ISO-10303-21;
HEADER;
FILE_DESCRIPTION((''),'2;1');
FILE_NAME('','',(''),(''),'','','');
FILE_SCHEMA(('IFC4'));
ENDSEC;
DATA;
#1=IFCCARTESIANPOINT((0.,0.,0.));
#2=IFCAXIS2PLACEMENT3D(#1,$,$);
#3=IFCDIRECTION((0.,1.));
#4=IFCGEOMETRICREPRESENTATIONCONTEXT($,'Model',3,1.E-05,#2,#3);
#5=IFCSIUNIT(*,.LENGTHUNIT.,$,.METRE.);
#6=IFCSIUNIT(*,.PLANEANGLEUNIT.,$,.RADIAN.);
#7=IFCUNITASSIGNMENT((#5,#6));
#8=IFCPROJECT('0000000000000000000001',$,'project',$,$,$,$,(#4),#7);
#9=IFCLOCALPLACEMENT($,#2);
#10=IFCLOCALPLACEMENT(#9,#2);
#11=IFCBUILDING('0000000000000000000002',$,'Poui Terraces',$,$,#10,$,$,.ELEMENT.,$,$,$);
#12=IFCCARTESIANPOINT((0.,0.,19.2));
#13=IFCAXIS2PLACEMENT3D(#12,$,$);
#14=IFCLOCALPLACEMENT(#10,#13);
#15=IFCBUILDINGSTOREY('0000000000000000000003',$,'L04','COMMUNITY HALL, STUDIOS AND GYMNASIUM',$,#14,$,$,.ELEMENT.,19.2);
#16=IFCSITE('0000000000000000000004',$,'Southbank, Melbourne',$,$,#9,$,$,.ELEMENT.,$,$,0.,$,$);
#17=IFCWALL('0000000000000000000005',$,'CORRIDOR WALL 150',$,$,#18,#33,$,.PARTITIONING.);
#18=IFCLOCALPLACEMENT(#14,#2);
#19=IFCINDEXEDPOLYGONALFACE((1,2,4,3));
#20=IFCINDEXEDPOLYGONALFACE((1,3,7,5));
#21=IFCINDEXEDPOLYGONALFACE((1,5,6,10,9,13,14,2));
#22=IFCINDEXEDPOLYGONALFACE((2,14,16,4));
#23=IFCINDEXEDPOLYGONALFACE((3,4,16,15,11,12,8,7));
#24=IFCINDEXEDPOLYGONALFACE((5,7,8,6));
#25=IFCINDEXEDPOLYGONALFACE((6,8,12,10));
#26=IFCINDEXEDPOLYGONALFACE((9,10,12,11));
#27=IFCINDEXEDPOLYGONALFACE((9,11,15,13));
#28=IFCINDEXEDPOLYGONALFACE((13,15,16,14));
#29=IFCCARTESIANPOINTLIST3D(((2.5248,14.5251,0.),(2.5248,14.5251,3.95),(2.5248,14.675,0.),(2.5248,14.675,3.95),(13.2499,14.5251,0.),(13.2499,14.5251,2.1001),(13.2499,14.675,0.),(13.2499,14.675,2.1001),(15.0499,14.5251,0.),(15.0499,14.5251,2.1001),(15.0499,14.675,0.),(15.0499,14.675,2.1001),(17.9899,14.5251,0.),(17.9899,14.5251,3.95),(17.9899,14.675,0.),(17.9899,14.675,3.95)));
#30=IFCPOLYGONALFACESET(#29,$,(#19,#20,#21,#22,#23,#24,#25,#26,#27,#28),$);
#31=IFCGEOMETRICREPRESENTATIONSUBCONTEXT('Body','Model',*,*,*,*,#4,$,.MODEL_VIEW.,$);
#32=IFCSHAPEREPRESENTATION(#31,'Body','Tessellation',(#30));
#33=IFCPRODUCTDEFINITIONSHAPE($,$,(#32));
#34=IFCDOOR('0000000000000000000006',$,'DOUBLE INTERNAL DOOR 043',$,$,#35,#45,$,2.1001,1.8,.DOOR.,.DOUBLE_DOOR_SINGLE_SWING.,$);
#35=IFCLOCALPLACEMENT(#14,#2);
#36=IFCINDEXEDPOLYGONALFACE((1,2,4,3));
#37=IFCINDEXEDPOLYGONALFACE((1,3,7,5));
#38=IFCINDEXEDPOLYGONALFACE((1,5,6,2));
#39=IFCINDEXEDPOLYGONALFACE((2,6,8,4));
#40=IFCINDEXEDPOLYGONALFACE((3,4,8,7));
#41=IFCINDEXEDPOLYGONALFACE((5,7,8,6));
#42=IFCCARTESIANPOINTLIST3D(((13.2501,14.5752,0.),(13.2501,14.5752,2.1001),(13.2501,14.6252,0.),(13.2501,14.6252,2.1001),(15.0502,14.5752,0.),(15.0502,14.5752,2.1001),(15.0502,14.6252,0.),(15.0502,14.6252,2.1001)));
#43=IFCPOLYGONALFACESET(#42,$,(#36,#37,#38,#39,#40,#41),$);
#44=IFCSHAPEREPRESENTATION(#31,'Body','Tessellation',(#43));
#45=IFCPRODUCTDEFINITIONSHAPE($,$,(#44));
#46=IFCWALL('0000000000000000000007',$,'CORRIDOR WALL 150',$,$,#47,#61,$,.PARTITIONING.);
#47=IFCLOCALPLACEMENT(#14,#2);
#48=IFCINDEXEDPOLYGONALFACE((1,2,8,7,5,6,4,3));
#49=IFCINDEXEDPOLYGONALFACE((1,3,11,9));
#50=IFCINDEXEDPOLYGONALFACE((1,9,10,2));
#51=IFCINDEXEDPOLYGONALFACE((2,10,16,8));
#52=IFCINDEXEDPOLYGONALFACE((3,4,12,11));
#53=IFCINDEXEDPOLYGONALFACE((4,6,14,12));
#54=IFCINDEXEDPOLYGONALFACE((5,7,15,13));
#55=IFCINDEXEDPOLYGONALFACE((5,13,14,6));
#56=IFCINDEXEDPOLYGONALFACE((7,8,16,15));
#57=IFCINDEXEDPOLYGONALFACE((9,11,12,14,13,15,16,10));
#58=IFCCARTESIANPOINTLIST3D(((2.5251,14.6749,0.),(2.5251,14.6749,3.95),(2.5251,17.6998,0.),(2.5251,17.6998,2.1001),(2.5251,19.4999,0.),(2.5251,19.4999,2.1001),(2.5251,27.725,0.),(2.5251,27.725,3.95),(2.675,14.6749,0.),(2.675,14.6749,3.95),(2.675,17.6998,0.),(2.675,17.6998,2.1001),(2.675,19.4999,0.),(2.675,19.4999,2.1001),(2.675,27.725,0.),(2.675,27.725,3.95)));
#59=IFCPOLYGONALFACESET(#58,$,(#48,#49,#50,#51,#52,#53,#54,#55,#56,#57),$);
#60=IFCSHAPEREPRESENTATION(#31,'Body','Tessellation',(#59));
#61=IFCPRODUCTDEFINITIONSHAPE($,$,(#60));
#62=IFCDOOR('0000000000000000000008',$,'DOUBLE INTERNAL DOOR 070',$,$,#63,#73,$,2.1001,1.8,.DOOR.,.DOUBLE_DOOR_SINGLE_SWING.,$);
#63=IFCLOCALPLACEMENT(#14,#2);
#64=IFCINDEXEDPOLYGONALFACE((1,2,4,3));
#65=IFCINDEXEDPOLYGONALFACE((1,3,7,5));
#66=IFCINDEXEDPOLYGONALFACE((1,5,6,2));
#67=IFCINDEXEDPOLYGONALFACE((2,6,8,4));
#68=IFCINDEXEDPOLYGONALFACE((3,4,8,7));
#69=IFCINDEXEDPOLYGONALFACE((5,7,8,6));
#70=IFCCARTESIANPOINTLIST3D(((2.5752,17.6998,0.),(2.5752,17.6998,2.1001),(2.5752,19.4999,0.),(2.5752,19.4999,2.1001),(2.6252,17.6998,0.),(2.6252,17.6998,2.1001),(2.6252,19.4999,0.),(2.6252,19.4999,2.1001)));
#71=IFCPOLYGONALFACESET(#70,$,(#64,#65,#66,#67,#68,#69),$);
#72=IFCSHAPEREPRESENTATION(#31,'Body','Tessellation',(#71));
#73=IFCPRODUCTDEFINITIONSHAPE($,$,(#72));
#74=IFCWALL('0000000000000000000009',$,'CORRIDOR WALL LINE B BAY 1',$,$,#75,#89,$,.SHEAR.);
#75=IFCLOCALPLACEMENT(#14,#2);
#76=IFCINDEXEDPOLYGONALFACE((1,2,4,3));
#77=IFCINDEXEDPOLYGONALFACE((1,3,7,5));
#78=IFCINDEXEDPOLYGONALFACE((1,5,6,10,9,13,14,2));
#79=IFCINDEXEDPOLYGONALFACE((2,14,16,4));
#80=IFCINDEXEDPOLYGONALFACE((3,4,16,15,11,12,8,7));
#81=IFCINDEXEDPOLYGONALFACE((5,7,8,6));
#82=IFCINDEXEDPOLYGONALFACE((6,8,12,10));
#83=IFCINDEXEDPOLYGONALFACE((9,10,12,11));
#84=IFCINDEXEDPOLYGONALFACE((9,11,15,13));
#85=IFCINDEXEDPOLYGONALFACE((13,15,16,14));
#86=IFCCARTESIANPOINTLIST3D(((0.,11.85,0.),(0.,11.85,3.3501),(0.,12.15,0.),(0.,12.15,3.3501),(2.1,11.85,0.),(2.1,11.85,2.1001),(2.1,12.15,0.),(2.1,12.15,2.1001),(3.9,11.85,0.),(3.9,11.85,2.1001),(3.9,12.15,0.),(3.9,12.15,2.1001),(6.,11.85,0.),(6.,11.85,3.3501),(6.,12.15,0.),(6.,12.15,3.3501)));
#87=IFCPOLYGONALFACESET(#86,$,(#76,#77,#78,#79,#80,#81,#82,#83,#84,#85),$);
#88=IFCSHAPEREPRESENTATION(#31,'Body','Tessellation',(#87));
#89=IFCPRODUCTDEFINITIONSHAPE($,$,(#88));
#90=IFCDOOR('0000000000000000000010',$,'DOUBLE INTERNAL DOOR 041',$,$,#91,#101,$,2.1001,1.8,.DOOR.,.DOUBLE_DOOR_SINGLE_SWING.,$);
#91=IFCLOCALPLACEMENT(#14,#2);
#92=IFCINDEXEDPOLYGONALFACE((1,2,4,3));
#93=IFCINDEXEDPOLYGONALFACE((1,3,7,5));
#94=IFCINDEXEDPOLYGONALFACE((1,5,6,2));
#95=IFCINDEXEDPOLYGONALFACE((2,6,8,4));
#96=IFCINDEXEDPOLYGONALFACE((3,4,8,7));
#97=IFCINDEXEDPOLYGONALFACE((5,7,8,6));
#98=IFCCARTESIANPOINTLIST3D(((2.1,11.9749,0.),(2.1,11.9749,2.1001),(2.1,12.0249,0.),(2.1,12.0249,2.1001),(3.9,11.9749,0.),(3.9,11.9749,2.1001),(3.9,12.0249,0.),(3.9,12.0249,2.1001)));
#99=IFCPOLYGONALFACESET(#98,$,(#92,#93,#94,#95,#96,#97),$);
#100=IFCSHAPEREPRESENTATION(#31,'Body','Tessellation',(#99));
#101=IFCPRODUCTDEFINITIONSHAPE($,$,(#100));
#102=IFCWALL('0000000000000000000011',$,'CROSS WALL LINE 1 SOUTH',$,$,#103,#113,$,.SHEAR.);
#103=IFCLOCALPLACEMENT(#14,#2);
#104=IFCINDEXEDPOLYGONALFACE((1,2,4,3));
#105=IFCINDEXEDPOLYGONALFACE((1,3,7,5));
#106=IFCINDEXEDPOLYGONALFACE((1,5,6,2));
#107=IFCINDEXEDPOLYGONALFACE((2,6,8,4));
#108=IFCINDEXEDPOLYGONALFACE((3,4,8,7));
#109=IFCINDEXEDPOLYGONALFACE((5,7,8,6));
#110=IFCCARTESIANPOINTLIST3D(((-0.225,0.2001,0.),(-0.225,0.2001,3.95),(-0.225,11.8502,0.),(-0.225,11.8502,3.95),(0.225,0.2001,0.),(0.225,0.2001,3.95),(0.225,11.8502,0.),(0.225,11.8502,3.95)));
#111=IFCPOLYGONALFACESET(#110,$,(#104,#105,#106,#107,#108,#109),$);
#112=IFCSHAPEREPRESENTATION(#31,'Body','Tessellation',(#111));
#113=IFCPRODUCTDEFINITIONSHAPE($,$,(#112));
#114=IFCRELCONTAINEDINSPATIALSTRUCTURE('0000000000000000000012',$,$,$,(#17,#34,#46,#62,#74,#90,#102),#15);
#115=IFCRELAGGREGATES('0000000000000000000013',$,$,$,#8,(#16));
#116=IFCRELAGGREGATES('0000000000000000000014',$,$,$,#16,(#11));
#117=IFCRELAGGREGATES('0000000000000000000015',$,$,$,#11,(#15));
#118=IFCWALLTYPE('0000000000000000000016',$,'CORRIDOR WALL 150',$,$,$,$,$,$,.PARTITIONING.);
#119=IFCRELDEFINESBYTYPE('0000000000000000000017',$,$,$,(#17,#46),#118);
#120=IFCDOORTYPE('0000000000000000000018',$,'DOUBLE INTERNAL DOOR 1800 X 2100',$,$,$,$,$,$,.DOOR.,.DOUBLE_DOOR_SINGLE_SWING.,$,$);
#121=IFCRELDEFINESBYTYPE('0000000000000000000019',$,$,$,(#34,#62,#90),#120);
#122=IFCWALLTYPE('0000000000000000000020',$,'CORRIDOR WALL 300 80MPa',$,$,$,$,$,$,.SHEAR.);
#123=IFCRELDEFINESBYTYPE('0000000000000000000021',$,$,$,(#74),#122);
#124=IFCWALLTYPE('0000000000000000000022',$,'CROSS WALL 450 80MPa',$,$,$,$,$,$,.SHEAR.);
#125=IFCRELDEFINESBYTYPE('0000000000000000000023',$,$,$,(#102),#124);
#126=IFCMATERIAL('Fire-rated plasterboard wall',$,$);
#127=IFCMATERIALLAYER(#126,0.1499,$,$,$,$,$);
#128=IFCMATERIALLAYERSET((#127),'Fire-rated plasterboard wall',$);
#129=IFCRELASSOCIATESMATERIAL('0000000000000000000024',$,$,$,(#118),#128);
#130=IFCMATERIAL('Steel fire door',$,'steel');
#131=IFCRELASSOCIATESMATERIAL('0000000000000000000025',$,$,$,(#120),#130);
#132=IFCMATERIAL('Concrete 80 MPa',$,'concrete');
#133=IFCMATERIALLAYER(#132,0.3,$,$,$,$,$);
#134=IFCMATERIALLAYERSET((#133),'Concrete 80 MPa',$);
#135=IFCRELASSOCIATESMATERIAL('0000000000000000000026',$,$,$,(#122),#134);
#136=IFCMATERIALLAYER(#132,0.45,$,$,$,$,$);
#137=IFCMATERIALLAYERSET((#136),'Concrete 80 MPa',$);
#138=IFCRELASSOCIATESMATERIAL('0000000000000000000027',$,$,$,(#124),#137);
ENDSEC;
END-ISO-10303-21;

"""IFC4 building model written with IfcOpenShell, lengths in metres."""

from ifc_helpers import new_model, si_unit, direction, frame, frame_2d, origin, place, context, subcontext, project, spatial, rectangle, extrude, material, layer, layer_set, type_object, element, fill, save


model = new_model("IFC4")

# Units and contexts
model_context = context("Model", 3, precision=1e-05, world=origin(), true_north=direction((0.0, 1.0)))
body_context = subcontext(model_context, "Body", "Model", "MODEL_VIEW")
ifc_project = project(units=[si_unit("LENGTHUNIT", "METRE"), si_unit("PLANEANGLEUNIT", "RADIAN")], contexts=[model_context])

# Site, building, storey
site_placement = place(None, origin())
site = spatial("IfcSite", under=ifc_project, at=site_placement, Name="Southbank, Melbourne", CompositionType="ELEMENT", RefElevation=0.0)
building_placement = place(site_placement, origin())
building = spatial("IfcBuilding", under=site, at=building_placement, Name="Poui Terraces", CompositionType="ELEMENT")
storey_placement = place(building_placement, frame((0.0, 0.0, 19.2)))
storey = spatial("IfcBuildingStorey", under=building, at=storey_placement, Name="L04", Description="COMMUNITY HALL, STUDIOS AND GYMNASIUM", CompositionType="ELEMENT", Elevation=19.2)

# Shared definitions
ifc_material_1 = material(Name="Concrete 80 MPa", Category="concrete")

# Walls, openings, doors
ifc_material_2 = material(Name="Fire-rated plasterboard wall")
ifc_layer_1 = layer(ifc_material_2, 0.1499)
ifc_layer_set_1 = layer_set([ifc_layer_1], Name="Fire-rated plasterboard wall")
wall_type_1 = type_object("IfcWallType", Name="CORRIDOR WALL 150", PredefinedType="PARTITIONING", material=ifc_layer_set_1)
wall_1_placement = place(storey_placement, frame((2.5249, 14.6001, 0.0), z_axis=(0.0, 0.0, 1.0), x_axis=(1.0, 0.0, 0.0)))
wall_1 = element("IfcWall", 1, at=wall_1_placement, inside=storey, type_object=wall_type_1, Name="CORRIDOR WALL 150", PredefinedType="PARTITIONING", context=body_context, shape_type="SweptSolid", body=[
    extrude(rectangle(XDim=15.4651, YDim=0.1499, at=frame_2d((7.7324, 0.0))), origin(), (0.0, 0.0, 1.0), 3.95),
])
opening_1_placement = place(wall_1_placement, frame((10.7251, 0.0, 0.0)))
opening_1 = element("IfcOpeningElement", 2, at=opening_1_placement, cuts=wall_1, PredefinedType="OPENING", context=body_context, shape_type="SweptSolid", body=[
    extrude(rectangle(XDim=1.8, YDim=2.1001, at=frame_2d((0.8999, 1.05))), frame((0.0, 0.085, 0.0), z_axis=(0.0, -1.0, 0.0), x_axis=(1.0, 0.0, 0.0)), (0.0, 0.0, 1.0), 0.1699),
])
ifc_material_3 = material(Name="Steel fire door", Category="steel")
door_type = type_object("IfcDoorType", Name="DOUBLE INTERNAL DOOR 1800 X 2100", OperationType="DOUBLE_DOOR_SINGLE_SWING", PredefinedType="DOOR", material=ifc_material_3)
door_1_placement = place(opening_1_placement, frame((1.8, 0.0, 0.0), z_axis=(0.0, 0.0, 1.0), x_axis=(-1.0, 0.0, 0.0)))
door_1 = element("IfcDoor", 3, at=door_1_placement, inside=storey, type_object=door_type, Name="DOUBLE INTERNAL DOOR 043", OperationType="DOUBLE_DOOR_SINGLE_SWING", OverallHeight=2.1001, OverallWidth=1.8, PredefinedType="DOOR", context=body_context, shape_type="SweptSolid", body=[
    extrude(rectangle(XDim=1.8, YDim=2.1001, at=frame_2d((0.8999, 1.05))), frame((0.0, 0.0249, 0.0), z_axis=(0.0, -1.0, 0.0), x_axis=(1.0, 0.0, 0.0)), (0.0, 0.0, 1.0), 0.05),
])
fill(opening_1, door_1)
wall_2_placement = place(storey_placement, frame((2.6001, 14.675, 0.0), z_axis=(0.0, 0.0, 1.0), x_axis=(0.0, 1.0, 0.0)))
wall_2 = element("IfcWall", 4, at=wall_2_placement, inside=storey, type_object=wall_type_1, Name="CORRIDOR WALL 150", PredefinedType="PARTITIONING", context=body_context, shape_type="SweptSolid", body=[
    extrude(rectangle(XDim=13.05, YDim=0.1499, at=frame_2d((6.5249, 0.0))), origin(), (0.0, 0.0, 1.0), 3.95),
])
opening_2_placement = place(wall_2_placement, frame((3.0249, 0.0, 0.0)))
opening_2 = element("IfcOpeningElement", 5, at=opening_2_placement, cuts=wall_2, PredefinedType="OPENING", context=body_context, shape_type="SweptSolid", body=[
    extrude(rectangle(XDim=1.8, YDim=2.1001, at=frame_2d((0.8999, 1.05))), frame((0.0, 0.085, 0.0), z_axis=(0.0, -1.0, 0.0), x_axis=(1.0, 0.0, 0.0)), (0.0, 0.0, 1.0), 0.1699),
])
door_2_placement = place(opening_2_placement, origin())
door_2 = element("IfcDoor", 6, at=door_2_placement, inside=storey, type_object=door_type, Name="DOUBLE INTERNAL DOOR 070", OperationType="DOUBLE_DOOR_SINGLE_SWING", OverallHeight=2.1001, OverallWidth=1.8, PredefinedType="DOOR", context=body_context, shape_type="SweptSolid", body=[
    extrude(rectangle(XDim=1.8, YDim=2.1001, at=frame_2d((0.8999, 1.05))), frame((0.0, 0.0249, 0.0), z_axis=(0.0, -1.0, 0.0), x_axis=(1.0, 0.0, 0.0)), (0.0, 0.0, 1.0), 0.05),
])
fill(opening_2, door_2)
ifc_layer_2 = layer(ifc_material_1, 0.3)
ifc_layer_set_2 = layer_set([ifc_layer_2], Name="Concrete 80 MPa")
wall_type_2 = type_object("IfcWallType", Name="CORRIDOR WALL 300 80MPa", PredefinedType="SHEAR", material=ifc_layer_set_2)
wall_3_placement = place(storey_placement, frame((0.0, 12.0, 0.0), z_axis=(0.0, 0.0, 1.0), x_axis=(1.0, 0.0, 0.0)))
wall_3 = element("IfcWall", 7, at=wall_3_placement, inside=storey, type_object=wall_type_2, Name="CORRIDOR WALL LINE B BAY 1", PredefinedType="SHEAR", context=body_context, shape_type="SweptSolid", body=[
    extrude(rectangle(XDim=6.0, YDim=0.3, at=frame_2d((3.0, 0.0))), origin(), (0.0, 0.0, 1.0), 3.3501),
])
opening_3_placement = place(wall_3_placement, frame((2.1001, 0.0, 0.0)))
opening_3 = element("IfcOpeningElement", 8, at=opening_3_placement, cuts=wall_3, PredefinedType="OPENING", context=body_context, shape_type="SweptSolid", body=[
    extrude(rectangle(XDim=1.8, YDim=2.1001, at=frame_2d((0.8999, 1.05))), frame((0.0, 0.1602, 0.0), z_axis=(0.0, -1.0, 0.0), x_axis=(1.0, 0.0, 0.0)), (0.0, 0.0, 1.0), 0.3201),
])
door_3_placement = place(opening_3_placement, origin())
door_3 = element("IfcDoor", 9, at=door_3_placement, inside=storey, type_object=door_type, Name="DOUBLE INTERNAL DOOR 041", OperationType="DOUBLE_DOOR_SINGLE_SWING", OverallHeight=2.1001, OverallWidth=1.8, PredefinedType="DOOR", context=body_context, shape_type="SweptSolid", body=[
    extrude(rectangle(XDim=1.8, YDim=2.1001, at=frame_2d((0.8999, 1.05))), frame((0.0, 0.0249, 0.0), z_axis=(0.0, -1.0, 0.0), x_axis=(1.0, 0.0, 0.0)), (0.0, 0.0, 1.0), 0.05),
])
fill(opening_3, door_3)

# Wall
ifc_layer_3 = layer(ifc_material_1, 0.45)
ifc_layer_set_3 = layer_set([ifc_layer_3], Name="Concrete 80 MPa")
wall_type_3 = type_object("IfcWallType", Name="CROSS WALL 450 80MPa", PredefinedType="SHEAR", material=ifc_layer_set_3)
wall_4_placement = place(storey_placement, frame((0.0, 0.2, 0.0), z_axis=(0.0, 0.0, 1.0), x_axis=(0.0, 1.0, 0.0)))
element("IfcWall", 10, at=wall_4_placement, inside=storey, type_object=wall_type_3, Name="CROSS WALL LINE 1 SOUTH", PredefinedType="SHEAR", context=body_context, shape_type="SweptSolid", body=[
    extrude(rectangle(XDim=11.6501, YDim=0.45, at=frame_2d((5.8252, 0.0))), origin(), (0.0, 0.0, 1.0), 3.95),
])

save(model, "model.ifc")
